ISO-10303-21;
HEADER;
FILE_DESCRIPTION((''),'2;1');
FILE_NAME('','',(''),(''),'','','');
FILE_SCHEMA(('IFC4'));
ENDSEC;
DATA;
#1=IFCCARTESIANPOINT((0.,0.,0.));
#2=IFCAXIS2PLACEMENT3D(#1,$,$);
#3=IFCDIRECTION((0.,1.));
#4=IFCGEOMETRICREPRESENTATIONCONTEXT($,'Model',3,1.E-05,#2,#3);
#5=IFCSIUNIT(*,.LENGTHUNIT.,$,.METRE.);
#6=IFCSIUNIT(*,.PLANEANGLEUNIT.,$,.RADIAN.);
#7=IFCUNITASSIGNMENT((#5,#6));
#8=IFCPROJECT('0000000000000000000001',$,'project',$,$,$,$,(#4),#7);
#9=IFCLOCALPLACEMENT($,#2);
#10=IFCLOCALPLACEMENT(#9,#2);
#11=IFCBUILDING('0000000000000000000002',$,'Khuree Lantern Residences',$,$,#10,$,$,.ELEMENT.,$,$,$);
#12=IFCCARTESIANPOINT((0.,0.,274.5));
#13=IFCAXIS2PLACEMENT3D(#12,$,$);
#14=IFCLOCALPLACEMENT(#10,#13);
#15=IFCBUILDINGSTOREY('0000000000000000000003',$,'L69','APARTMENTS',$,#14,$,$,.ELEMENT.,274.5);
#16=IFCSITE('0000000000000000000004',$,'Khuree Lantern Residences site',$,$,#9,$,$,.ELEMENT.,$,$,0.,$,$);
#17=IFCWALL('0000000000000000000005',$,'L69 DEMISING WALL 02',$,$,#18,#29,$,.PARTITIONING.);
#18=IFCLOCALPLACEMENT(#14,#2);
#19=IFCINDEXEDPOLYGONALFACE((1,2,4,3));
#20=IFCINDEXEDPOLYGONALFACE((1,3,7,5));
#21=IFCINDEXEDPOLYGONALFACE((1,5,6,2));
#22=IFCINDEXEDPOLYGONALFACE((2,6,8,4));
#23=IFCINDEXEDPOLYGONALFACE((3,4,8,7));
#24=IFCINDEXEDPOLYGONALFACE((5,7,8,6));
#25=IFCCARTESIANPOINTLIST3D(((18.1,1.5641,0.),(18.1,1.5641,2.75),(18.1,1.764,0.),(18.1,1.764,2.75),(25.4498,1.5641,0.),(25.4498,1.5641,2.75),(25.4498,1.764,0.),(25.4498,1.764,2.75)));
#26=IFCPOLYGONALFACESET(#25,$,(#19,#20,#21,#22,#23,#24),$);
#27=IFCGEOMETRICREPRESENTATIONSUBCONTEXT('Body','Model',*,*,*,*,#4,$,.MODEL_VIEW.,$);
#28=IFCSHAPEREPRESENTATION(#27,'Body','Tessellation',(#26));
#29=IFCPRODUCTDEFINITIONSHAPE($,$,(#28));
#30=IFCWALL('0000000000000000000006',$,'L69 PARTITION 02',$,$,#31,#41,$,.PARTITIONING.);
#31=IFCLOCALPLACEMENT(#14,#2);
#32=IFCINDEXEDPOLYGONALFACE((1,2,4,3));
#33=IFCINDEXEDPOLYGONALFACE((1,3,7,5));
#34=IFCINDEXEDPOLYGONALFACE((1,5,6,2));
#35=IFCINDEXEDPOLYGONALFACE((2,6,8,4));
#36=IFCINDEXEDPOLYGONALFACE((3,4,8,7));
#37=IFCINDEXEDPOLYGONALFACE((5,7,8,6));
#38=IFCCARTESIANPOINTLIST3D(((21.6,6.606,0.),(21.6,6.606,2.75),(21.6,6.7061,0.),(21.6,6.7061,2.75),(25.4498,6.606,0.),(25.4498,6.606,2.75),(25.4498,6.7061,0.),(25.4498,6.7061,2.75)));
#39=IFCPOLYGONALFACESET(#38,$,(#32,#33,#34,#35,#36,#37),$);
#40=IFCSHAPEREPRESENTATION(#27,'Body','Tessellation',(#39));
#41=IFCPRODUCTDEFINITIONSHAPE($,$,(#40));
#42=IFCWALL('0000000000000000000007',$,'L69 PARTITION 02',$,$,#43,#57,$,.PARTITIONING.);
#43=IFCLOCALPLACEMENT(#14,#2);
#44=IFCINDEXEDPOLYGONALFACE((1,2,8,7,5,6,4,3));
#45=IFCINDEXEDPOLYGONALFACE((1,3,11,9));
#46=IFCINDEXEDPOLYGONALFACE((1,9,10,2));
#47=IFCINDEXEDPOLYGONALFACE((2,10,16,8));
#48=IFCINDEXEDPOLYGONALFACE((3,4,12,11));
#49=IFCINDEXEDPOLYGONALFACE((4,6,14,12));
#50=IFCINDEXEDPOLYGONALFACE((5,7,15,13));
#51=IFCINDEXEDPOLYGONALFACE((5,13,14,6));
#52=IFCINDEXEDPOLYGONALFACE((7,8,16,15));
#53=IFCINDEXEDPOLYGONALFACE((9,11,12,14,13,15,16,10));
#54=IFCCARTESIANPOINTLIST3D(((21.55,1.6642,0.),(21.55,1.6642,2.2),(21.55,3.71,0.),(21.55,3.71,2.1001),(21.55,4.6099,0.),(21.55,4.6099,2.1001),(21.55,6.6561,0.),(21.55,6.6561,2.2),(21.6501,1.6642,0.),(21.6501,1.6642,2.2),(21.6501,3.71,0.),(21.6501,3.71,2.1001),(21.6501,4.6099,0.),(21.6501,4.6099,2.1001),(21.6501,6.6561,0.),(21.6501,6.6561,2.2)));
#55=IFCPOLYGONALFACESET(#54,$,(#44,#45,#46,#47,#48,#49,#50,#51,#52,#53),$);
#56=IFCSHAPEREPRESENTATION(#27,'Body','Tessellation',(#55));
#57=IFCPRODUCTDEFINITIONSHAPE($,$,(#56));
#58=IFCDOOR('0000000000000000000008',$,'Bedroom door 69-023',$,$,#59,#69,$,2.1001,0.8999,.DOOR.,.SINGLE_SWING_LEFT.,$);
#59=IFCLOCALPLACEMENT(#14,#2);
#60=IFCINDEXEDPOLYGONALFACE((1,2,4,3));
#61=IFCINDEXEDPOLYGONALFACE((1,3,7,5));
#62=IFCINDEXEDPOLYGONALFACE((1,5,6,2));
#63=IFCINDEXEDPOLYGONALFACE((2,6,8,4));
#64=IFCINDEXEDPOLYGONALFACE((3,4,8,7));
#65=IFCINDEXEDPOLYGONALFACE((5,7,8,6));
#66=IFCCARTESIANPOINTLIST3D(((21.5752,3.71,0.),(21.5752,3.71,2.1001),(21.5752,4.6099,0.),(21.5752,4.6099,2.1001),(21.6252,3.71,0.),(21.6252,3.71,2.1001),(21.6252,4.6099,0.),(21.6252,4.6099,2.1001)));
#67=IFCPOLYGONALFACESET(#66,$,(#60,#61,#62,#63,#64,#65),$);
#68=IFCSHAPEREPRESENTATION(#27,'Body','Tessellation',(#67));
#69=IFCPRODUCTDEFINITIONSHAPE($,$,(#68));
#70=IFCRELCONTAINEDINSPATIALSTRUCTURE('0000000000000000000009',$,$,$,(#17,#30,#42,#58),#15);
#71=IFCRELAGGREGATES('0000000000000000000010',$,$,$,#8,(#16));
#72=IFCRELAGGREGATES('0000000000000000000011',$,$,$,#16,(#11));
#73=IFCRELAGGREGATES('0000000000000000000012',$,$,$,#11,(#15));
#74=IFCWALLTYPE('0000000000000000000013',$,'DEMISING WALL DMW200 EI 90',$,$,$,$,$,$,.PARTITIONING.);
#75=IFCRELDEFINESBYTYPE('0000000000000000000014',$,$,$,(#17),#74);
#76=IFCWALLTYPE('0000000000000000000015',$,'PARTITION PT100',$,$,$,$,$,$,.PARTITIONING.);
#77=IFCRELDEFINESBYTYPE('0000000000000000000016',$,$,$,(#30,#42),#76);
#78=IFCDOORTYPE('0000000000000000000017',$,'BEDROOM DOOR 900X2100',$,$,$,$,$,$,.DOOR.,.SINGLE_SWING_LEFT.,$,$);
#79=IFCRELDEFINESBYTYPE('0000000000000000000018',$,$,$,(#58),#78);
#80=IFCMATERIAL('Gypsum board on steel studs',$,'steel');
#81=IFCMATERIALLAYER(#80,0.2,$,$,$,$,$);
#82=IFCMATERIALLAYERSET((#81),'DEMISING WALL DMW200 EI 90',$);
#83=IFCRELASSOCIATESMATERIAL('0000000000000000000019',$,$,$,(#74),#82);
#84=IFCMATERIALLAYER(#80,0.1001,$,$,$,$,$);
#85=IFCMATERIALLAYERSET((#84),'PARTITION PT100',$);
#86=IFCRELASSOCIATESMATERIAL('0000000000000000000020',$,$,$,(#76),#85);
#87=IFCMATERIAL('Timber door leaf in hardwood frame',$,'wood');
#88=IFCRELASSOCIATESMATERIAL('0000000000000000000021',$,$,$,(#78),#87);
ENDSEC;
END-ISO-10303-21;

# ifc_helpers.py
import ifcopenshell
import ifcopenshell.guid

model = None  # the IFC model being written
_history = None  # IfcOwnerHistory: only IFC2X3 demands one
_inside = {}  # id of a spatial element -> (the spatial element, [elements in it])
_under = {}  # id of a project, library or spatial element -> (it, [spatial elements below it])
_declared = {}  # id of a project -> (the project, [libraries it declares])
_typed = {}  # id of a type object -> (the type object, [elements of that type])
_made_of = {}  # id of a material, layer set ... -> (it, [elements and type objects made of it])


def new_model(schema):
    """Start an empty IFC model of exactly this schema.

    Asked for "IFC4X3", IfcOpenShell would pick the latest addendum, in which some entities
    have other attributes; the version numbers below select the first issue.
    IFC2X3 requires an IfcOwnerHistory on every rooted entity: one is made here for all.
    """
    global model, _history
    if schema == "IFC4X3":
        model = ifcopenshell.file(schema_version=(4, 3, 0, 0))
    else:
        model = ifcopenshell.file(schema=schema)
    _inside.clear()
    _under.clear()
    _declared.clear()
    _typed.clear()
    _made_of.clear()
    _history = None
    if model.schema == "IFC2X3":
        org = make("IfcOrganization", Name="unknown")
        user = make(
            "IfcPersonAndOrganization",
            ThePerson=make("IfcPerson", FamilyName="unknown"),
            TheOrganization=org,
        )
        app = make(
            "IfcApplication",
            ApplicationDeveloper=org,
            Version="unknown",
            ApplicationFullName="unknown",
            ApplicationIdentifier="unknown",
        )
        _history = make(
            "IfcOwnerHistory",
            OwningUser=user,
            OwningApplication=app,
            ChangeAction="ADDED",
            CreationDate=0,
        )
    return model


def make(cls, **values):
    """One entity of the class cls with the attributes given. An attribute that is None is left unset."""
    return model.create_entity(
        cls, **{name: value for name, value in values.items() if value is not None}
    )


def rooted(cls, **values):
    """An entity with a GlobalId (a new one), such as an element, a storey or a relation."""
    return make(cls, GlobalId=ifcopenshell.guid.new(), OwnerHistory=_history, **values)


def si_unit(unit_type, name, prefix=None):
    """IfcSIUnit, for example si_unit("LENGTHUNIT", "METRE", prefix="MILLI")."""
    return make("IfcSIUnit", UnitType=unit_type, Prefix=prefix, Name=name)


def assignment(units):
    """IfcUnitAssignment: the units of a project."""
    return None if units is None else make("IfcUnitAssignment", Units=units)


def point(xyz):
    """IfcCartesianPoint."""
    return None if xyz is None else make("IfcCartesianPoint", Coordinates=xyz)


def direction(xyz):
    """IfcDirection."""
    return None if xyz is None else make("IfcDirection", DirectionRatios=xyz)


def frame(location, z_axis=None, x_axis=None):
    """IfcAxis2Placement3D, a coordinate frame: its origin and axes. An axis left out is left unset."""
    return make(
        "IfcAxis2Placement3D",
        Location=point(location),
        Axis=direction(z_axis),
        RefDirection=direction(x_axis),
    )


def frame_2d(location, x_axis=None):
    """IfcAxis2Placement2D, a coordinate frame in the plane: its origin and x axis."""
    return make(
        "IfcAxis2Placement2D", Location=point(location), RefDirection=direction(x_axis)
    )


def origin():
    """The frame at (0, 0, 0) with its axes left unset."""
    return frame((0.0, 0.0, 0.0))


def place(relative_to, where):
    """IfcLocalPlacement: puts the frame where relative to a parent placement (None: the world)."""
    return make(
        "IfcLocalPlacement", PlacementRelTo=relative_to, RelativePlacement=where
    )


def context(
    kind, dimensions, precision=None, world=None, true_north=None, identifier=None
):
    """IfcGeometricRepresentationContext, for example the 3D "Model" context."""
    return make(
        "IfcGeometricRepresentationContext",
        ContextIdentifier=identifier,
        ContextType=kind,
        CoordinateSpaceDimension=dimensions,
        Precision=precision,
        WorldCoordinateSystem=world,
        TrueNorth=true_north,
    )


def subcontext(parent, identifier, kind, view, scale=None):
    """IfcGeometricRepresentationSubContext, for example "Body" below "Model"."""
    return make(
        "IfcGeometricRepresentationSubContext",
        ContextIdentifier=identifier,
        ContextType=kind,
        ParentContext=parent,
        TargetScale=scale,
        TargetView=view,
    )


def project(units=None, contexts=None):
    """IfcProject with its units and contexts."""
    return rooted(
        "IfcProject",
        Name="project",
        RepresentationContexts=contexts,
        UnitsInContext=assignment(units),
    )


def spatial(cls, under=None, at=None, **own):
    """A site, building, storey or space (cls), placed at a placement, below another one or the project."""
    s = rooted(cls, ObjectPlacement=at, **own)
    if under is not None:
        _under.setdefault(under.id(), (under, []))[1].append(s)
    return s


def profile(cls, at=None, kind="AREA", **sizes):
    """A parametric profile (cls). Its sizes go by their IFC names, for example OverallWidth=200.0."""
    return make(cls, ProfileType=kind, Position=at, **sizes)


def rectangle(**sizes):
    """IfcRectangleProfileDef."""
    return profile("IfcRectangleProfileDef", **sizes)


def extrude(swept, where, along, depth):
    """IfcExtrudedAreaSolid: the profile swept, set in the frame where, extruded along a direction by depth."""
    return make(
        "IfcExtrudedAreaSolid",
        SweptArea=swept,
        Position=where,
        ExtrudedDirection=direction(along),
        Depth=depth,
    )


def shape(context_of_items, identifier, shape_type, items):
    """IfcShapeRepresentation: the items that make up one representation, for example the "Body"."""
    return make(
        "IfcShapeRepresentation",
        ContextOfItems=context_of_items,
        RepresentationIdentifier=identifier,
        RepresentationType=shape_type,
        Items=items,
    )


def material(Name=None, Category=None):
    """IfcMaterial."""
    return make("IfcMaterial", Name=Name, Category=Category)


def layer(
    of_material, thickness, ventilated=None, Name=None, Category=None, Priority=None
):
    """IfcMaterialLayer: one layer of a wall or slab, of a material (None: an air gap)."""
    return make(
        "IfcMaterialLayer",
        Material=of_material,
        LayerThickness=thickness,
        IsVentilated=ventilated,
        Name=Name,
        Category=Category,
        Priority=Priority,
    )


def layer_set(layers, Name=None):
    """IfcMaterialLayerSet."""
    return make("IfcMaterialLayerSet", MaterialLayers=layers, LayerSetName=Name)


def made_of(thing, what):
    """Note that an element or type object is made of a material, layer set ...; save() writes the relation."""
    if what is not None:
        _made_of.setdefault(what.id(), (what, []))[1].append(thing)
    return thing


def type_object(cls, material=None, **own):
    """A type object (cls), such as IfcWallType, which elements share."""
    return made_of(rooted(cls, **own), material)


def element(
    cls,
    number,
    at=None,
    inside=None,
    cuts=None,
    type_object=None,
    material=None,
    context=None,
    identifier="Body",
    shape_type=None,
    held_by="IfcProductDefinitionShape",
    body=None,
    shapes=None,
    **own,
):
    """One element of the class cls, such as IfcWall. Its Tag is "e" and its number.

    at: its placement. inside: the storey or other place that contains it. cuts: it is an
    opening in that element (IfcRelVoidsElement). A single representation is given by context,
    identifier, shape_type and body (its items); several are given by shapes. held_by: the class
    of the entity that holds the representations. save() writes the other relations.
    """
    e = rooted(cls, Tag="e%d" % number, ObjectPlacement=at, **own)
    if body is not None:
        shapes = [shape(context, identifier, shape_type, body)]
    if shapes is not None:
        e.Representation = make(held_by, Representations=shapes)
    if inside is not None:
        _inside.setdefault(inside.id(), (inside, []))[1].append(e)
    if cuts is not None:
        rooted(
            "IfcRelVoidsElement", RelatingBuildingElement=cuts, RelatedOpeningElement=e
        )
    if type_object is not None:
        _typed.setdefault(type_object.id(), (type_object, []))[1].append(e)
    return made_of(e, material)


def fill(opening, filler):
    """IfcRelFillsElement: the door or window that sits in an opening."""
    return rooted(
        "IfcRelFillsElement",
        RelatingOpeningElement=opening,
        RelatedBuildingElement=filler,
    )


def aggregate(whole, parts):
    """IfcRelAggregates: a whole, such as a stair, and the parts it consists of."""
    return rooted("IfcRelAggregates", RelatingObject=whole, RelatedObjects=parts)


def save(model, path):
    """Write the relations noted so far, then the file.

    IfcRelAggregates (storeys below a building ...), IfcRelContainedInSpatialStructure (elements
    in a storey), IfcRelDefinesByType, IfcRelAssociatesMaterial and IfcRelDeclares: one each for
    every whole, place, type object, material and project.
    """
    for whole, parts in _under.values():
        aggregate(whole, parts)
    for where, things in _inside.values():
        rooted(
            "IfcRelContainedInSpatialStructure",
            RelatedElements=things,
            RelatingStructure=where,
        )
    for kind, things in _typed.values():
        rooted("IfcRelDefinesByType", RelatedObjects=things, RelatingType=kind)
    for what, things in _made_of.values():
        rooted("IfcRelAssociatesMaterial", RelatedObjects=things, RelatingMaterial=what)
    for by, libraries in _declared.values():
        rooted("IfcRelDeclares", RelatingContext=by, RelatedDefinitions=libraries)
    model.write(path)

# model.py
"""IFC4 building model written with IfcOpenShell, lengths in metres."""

from ifc_helpers import new_model, si_unit, direction, frame, frame_2d, origin, place, context, subcontext, project, spatial, rectangle, extrude, material, layer, layer_set, type_object, element, fill, save


model = new_model("IFC4")

# Units and contexts
model_context = context("Model", 3, precision=1e-05, world=origin(), true_north=direction((0.0, 1.0)))
body_context = subcontext(model_context, "Body", "Model", "MODEL_VIEW")
ifc_project = project(units=[si_unit("LENGTHUNIT", "METRE"), si_unit("PLANEANGLEUNIT", "RADIAN")], contexts=[model_context])

# Site, building, storey
site_placement = place(None, origin())
site = spatial("IfcSite", under=ifc_project, at=site_placement, Name="Khuree Lantern Residences site", CompositionType="ELEMENT", RefElevation=0.0)
building_placement = place(site_placement, origin())
building = spatial("IfcBuilding", under=site, at=building_placement, Name="Khuree Lantern Residences", CompositionType="ELEMENT")
storey_placement = place(building_placement, frame((0.0, 0.0, 274.5)))
storey = spatial("IfcBuildingStorey", under=building, at=storey_placement, Name="L69", Description="APARTMENTS", CompositionType="ELEMENT", Elevation=274.5)

# Shared definitions
ifc_material_1 = material(Name="Timber door leaf in hardwood frame", Category="wood")

# Walls
ifc_material_2 = material(Name="Gypsum board on steel studs", Category="steel")
ifc_layer_1 = layer(ifc_material_2, 0.2)
ifc_layer_set_1 = layer_set([ifc_layer_1], Name="DEMISING WALL DMW200 EI 90")
wall_type_1 = type_object("IfcWallType", Name="DEMISING WALL DMW200 EI 90", PredefinedType="PARTITIONING", material=ifc_layer_set_1)
wall_1_placement = place(storey_placement, frame((18.1001, 1.6641, 0.0), z_axis=(0.0, 0.0, 1.0), x_axis=(1.0, 0.0, 0.0)))
element("IfcWall", 1, at=wall_1_placement, inside=storey, type_object=wall_type_1, Name="L69 DEMISING WALL 02", PredefinedType="PARTITIONING", context=body_context, shape_type="SweptSolid", body=[
    extrude(rectangle(XDim=7.3499, YDim=0.2, at=frame_2d((3.6748, 0.0))), origin(), (0.0, 0.0, 1.0), 2.75),
])
ifc_layer_2 = layer(ifc_material_2, 0.1001)
ifc_layer_set_2 = layer_set([ifc_layer_2], Name="PARTITION PT100")
wall_type_2 = type_object("IfcWallType", Name="PARTITION PT100", PredefinedType="PARTITIONING", material=ifc_layer_set_2)
wall_2_placement = place(storey_placement, frame((21.6001, 6.656, 0.0), z_axis=(0.0, 0.0, 1.0), x_axis=(1.0, 0.0, 0.0)))
element("IfcWall", 2, at=wall_2_placement, inside=storey, type_object=wall_type_2, Name="L69 PARTITION 02", PredefinedType="PARTITIONING", context=body_context, shape_type="SweptSolid", body=[
    extrude(rectangle(XDim=3.8499, YDim=0.1001, at=frame_2d((1.9248, 0.0))), origin(), (0.0, 0.0, 1.0), 2.75),
])

# Wall, opening, door
wall_3_placement = place(storey_placement, frame((21.6001, 1.6641, 0.0), z_axis=(0.0, 0.0, 1.0), x_axis=(0.0, 1.0, 0.0)))
wall_3 = element("IfcWall", 3, at=wall_3_placement, inside=storey, type_object=wall_type_2, Name="L69 PARTITION 02", PredefinedType="PARTITIONING", context=body_context, shape_type="SweptSolid", body=[
    extrude(rectangle(XDim=4.9919, YDim=0.1001, at=frame_2d((2.4961, 0.0))), origin(), (0.0, 0.0, 1.0), 2.2),
])
opening_1_placement = place(wall_3_placement, frame((2.0459, 0.0, 0.0)))
opening_1 = element("IfcOpeningElement", 4, at=opening_1_placement, cuts=wall_3, PredefinedType="OPENING", context=body_context, shape_type="SweptSolid", body=[
    extrude(rectangle(XDim=0.8999, YDim=2.1001, at=frame_2d((0.45, 1.05))), frame((0.0, 0.0601, 0.0), z_axis=(0.0, -1.0, 0.0), x_axis=(1.0, 0.0, 0.0)), (0.0, 0.0, 1.0), 0.1201),
])
door_type_1 = type_object("IfcDoorType", Name="BEDROOM DOOR 900X2100", OperationType="SINGLE_SWING_LEFT", PredefinedType="DOOR", material=ifc_material_1)
door_1_placement = place(opening_1_placement, origin())
door_1 = element("IfcDoor", 5, at=door_1_placement, inside=storey, type_object=door_type_1, Name="Bedroom door 69-023", OperationType="SINGLE_SWING_LEFT", OverallHeight=2.1001, OverallWidth=0.8999, PredefinedType="DOOR", context=body_context, shape_type="SweptSolid", body=[
    extrude(rectangle(XDim=0.8999, YDim=2.1001, at=frame_2d((0.45, 1.05))), frame((0.0, 0.0249, 0.0), z_axis=(0.0, -1.0, 0.0), x_axis=(1.0, 0.0, 0.0)), (0.0, 0.0, 1.0), 0.05),
])
fill(opening_1, door_1)

save(model, "model.ifc")
